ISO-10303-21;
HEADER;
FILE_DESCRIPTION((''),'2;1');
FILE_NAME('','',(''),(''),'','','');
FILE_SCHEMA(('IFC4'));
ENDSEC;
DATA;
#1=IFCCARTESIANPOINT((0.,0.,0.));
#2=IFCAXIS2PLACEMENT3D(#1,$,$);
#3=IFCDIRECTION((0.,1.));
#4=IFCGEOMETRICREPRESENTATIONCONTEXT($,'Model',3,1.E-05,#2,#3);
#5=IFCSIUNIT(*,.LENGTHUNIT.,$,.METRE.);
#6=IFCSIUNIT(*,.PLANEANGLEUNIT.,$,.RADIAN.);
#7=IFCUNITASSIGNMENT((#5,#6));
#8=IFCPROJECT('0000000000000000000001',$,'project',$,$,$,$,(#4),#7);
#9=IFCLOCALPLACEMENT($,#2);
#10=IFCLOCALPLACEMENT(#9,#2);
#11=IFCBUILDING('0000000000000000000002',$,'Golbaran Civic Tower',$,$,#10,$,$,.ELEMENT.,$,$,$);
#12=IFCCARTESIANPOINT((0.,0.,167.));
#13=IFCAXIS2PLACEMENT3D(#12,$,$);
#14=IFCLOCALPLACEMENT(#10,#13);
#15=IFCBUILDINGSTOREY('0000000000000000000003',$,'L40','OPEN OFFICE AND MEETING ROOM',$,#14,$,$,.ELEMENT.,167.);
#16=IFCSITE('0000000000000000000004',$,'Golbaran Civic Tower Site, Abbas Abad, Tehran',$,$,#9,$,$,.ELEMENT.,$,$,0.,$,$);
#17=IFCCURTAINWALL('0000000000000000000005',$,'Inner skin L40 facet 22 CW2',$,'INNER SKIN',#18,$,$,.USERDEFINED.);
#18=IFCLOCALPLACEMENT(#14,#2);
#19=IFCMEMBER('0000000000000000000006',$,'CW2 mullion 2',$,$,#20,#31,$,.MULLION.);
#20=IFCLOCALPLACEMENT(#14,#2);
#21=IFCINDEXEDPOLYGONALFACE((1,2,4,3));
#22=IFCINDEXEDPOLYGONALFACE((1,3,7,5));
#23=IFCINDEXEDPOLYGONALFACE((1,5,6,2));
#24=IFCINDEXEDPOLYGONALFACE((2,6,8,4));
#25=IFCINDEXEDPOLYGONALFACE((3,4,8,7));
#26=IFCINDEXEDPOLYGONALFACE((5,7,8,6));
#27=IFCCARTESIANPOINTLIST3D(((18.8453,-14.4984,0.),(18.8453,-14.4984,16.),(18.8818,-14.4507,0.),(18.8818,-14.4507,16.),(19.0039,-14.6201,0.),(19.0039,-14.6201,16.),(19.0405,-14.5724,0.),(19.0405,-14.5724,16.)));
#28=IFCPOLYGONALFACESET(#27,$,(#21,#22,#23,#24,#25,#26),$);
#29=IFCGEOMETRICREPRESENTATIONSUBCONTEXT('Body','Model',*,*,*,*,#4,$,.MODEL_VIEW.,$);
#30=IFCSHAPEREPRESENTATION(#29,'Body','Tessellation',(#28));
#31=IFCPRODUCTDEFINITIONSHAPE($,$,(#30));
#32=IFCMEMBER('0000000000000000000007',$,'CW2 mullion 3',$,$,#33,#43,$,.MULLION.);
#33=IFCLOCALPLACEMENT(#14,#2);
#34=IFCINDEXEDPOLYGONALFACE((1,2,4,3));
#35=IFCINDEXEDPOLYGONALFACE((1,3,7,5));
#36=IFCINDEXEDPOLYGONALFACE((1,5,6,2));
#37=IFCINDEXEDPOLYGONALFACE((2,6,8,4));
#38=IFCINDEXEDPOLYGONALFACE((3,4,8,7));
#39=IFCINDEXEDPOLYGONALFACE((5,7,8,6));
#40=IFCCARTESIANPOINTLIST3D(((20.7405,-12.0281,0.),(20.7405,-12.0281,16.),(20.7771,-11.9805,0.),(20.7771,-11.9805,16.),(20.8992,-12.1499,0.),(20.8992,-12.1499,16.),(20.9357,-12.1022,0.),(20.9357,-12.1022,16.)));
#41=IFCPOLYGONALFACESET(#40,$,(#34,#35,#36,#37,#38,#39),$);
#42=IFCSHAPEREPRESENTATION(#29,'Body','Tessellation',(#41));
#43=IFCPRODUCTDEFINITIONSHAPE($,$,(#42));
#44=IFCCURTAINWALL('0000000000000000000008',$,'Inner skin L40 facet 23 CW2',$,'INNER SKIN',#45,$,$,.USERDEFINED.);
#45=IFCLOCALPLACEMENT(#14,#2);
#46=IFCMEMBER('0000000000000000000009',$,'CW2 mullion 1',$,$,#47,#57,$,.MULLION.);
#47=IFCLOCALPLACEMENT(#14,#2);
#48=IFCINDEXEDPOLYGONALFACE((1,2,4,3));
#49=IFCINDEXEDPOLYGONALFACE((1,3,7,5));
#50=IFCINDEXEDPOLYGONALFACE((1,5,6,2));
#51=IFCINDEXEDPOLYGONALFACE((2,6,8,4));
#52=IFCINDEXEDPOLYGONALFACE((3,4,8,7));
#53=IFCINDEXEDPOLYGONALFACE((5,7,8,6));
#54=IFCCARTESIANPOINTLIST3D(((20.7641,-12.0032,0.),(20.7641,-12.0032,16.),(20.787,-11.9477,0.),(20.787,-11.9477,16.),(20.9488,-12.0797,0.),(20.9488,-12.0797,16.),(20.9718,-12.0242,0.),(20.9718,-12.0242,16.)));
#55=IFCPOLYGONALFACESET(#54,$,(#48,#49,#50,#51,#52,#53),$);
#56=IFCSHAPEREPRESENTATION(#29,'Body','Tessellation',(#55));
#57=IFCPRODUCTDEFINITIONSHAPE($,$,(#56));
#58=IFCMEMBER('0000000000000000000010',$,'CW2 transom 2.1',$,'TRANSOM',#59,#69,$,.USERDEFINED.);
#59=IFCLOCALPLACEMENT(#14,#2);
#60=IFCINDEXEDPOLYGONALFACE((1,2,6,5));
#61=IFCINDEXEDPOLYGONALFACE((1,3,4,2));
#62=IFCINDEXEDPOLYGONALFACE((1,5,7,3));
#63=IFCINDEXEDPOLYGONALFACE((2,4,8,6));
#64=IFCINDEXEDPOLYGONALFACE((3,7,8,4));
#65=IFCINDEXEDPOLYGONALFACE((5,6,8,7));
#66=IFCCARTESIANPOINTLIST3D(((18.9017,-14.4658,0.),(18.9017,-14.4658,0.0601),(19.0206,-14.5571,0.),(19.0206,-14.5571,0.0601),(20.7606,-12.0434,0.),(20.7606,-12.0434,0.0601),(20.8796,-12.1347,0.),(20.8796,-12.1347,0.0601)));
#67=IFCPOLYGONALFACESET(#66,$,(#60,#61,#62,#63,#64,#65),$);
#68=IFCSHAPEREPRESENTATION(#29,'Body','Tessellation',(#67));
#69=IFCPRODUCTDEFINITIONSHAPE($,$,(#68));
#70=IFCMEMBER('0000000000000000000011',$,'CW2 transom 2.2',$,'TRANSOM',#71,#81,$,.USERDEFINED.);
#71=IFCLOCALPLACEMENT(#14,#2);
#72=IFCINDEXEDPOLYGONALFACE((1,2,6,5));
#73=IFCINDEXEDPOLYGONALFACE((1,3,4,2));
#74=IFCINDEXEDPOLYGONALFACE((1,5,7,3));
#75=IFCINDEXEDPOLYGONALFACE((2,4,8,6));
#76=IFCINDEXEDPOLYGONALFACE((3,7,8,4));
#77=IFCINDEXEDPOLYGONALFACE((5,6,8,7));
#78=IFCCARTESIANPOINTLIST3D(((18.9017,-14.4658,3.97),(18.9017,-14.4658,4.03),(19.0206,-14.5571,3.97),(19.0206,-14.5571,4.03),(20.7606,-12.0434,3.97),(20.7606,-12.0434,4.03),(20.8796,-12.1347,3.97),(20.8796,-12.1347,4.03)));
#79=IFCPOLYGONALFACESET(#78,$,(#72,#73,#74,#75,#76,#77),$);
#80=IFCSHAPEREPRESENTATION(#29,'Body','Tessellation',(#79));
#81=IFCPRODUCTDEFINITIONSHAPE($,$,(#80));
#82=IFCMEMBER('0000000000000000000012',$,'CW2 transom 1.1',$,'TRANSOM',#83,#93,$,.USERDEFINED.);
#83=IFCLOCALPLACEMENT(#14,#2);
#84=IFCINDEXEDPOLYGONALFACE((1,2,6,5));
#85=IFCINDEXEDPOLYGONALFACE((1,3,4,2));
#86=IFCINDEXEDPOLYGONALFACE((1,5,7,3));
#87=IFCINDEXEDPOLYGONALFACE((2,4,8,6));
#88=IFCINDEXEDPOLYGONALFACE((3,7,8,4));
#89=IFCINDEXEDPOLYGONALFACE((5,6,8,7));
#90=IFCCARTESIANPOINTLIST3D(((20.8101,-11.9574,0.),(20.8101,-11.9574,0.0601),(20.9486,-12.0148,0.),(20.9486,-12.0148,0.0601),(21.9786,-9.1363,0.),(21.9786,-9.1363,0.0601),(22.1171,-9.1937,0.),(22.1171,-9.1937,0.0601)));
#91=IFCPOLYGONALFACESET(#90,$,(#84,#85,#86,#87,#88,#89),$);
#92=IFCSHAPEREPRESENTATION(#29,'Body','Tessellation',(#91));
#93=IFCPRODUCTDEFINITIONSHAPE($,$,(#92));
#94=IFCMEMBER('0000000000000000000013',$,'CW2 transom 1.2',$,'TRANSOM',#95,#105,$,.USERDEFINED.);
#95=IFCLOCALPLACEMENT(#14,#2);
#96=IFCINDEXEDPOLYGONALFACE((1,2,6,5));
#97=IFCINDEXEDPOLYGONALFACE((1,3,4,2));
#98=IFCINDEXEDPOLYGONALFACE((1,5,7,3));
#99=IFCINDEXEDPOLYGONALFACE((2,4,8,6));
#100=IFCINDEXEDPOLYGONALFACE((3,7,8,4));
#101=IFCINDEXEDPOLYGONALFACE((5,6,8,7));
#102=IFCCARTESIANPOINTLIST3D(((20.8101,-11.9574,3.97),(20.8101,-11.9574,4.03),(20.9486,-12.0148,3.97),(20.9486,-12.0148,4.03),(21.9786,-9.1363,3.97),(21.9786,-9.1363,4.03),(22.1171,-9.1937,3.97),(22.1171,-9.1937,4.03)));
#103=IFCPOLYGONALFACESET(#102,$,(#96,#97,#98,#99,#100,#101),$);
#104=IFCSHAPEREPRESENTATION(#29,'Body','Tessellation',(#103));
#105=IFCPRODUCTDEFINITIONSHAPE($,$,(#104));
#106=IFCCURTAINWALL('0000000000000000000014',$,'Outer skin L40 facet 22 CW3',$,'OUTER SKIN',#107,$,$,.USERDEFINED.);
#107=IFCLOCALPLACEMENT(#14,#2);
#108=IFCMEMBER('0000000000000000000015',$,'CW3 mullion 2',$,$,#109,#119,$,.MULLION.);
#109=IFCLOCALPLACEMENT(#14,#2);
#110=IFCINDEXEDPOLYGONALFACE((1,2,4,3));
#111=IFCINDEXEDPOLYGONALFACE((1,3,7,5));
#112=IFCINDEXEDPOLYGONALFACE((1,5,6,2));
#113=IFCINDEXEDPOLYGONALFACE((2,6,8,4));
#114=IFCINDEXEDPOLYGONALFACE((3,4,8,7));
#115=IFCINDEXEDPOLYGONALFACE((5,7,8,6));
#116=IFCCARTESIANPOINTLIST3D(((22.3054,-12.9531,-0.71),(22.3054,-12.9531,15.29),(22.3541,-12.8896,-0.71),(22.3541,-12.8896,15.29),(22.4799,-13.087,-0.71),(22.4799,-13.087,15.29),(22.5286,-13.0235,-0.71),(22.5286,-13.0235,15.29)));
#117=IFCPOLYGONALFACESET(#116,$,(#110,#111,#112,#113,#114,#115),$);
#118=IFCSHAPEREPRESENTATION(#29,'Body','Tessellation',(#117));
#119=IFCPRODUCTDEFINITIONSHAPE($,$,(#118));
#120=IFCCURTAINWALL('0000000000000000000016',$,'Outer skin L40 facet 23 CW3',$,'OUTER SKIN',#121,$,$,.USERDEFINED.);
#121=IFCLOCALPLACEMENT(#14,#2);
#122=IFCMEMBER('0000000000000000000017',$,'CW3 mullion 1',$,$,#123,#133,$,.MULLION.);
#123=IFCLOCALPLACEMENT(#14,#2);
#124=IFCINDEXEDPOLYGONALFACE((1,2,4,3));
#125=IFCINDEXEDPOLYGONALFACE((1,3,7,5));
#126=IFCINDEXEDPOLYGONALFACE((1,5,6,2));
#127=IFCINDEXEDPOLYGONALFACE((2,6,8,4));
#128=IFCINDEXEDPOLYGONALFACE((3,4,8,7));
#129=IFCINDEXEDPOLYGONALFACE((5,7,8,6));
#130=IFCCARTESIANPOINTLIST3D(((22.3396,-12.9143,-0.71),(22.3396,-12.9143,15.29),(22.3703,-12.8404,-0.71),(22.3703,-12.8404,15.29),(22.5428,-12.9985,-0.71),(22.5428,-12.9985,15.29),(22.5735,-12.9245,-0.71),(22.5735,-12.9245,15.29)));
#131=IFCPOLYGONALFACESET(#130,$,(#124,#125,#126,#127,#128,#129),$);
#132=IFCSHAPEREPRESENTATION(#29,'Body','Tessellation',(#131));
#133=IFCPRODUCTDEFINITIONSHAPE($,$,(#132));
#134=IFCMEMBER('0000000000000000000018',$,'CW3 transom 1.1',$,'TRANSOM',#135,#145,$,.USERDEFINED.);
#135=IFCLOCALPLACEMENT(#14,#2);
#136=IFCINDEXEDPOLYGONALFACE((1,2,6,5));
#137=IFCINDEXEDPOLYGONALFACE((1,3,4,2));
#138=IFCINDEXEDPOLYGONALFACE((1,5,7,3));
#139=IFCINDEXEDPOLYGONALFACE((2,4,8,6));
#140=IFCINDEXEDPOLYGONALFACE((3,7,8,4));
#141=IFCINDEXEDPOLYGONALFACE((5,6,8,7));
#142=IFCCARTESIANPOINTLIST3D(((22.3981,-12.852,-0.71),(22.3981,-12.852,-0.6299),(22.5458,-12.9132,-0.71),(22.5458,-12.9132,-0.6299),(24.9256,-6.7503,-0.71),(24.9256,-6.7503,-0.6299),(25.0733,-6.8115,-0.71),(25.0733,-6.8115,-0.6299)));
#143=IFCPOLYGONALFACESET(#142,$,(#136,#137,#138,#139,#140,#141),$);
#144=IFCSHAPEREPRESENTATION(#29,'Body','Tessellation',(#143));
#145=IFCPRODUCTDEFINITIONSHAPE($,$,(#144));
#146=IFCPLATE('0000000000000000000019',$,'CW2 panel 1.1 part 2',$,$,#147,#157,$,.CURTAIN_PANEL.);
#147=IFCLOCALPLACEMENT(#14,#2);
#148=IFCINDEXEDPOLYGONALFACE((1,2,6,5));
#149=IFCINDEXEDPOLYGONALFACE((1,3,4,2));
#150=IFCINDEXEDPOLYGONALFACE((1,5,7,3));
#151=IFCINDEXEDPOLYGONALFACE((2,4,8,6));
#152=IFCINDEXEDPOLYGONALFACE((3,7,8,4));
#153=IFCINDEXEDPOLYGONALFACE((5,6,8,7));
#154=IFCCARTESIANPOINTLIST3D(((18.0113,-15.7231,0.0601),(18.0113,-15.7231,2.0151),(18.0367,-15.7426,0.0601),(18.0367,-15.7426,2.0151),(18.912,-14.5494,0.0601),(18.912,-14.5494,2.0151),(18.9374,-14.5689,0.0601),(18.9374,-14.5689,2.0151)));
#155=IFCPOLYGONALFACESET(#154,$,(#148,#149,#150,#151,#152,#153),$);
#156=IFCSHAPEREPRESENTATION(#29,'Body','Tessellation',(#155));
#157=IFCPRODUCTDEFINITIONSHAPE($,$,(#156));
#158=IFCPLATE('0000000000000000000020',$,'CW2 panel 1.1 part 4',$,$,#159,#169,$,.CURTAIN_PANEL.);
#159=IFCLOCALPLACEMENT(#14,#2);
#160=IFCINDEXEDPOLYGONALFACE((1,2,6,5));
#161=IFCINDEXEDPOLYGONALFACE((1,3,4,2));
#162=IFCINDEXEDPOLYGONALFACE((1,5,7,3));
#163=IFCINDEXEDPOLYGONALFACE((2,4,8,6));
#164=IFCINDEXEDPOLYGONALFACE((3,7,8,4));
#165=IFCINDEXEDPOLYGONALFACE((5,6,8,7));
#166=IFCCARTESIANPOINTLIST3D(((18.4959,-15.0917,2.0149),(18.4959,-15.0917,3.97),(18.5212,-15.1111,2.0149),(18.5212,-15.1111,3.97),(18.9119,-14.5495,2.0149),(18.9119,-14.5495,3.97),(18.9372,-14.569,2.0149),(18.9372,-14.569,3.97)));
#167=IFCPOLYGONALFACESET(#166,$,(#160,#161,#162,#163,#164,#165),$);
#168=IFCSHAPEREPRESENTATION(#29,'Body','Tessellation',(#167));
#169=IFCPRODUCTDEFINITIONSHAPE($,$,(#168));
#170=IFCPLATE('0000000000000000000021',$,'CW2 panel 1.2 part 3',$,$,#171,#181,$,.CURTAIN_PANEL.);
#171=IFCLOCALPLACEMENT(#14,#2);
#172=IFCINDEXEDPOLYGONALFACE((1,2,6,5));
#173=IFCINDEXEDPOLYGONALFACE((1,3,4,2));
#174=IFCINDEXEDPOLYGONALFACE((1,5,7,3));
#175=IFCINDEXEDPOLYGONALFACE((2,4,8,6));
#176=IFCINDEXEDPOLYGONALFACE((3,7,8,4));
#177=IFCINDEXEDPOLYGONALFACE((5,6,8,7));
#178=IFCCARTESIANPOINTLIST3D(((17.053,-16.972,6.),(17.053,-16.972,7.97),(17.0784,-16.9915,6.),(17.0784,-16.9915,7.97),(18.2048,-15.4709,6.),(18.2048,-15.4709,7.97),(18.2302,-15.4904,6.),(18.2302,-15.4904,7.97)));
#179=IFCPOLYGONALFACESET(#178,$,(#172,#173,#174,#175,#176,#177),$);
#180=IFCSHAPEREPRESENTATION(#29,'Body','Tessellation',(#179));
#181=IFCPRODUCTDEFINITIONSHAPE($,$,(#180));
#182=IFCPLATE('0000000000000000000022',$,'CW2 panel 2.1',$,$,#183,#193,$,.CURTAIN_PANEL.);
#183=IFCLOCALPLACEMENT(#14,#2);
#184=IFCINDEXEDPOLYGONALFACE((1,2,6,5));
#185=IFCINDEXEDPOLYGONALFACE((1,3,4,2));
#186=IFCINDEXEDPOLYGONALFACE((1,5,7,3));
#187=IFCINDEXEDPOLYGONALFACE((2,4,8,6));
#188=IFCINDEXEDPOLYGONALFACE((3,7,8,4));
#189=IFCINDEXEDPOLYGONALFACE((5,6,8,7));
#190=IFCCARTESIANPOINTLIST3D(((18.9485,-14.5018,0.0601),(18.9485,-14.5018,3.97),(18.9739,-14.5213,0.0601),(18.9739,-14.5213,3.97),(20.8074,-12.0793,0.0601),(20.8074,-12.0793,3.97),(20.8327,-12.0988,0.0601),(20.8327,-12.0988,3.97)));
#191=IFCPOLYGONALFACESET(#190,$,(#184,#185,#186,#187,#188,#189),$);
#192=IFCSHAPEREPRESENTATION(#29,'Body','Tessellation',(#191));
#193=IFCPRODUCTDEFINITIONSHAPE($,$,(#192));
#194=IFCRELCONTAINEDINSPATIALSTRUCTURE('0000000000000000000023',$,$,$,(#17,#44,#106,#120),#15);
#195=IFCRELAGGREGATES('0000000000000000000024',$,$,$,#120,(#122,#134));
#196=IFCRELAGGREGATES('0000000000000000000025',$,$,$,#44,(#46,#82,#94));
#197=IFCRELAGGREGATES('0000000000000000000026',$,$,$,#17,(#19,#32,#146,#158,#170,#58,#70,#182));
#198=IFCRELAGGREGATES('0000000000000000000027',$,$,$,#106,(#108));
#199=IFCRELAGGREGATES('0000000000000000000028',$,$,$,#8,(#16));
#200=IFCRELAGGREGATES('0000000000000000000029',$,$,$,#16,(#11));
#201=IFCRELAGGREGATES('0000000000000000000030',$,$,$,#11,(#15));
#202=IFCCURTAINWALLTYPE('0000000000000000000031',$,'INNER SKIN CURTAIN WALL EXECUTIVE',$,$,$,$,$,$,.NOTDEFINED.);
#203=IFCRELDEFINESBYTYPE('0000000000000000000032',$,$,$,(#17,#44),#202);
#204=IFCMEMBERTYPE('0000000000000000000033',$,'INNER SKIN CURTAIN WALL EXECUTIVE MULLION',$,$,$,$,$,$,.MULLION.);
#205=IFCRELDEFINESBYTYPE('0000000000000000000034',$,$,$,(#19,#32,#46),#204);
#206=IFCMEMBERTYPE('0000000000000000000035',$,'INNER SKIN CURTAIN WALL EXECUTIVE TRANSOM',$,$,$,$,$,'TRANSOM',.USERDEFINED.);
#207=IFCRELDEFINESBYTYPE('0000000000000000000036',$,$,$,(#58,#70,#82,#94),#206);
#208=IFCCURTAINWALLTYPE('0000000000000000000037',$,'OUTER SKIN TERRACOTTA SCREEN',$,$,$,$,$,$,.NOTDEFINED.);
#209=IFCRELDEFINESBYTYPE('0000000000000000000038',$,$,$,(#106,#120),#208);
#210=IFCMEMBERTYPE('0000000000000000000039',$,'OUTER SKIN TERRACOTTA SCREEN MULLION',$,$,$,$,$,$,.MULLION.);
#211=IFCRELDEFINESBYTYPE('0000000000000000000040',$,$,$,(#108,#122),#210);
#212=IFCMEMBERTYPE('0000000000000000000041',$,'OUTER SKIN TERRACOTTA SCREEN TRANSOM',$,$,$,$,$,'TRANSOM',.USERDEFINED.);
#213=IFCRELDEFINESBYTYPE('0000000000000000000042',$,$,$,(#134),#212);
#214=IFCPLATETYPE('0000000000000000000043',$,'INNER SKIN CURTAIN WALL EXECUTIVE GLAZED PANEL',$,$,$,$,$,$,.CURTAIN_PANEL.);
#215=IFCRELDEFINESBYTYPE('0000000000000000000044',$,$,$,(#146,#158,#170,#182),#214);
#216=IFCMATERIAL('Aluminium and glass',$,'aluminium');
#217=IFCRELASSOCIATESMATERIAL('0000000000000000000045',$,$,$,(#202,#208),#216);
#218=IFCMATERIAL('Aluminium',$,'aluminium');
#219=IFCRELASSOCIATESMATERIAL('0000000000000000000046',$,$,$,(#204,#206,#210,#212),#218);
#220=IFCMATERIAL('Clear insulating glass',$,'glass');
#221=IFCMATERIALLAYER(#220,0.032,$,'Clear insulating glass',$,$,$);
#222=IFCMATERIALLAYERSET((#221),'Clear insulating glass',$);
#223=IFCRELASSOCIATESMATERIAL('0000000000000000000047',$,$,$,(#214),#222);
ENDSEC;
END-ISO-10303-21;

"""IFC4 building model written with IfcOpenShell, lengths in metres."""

from ifc_helpers import new_model, si_unit, direction, frame, origin, origin_2d, place, context, subcontext, project, spatial, rectangle, extrude, material, layer, layer_set, material_profile, profile_set, type_object, element, aggregate, save


model = new_model("IFC4")

# Units and contexts
model_context = context("Model", 3, precision=1e-05, world=origin(), true_north=direction((0.0, 1.0)))
body_context = subcontext(model_context, "Body", "Model", "MODEL_VIEW")
ifc_project = project(units=[si_unit("LENGTHUNIT", "METRE"), si_unit("PLANEANGLEUNIT", "RADIAN")], contexts=[model_context])

# Site, building, storey
site_placement = place(None, origin())
site = spatial("IfcSite", under=ifc_project, at=site_placement, Name="Golbaran Civic Tower Site, Abbas Abad, Tehran", CompositionType="ELEMENT", RefElevation=0.0)
building_placement = place(site_placement, origin())
building = spatial("IfcBuilding", under=site, at=building_placement, Name="Golbaran Civic Tower", CompositionType="ELEMENT")
storey_placement = place(building_placement, frame((0.0, 0.0, 167.0)))
storey = spatial("IfcBuildingStorey", under=building, at=storey_placement, Name="L40", Description="OPEN OFFICE AND MEETING ROOM", CompositionType="ELEMENT", Elevation=167.0)

# Curtain wall, members
ifc_material_1 = material(Name="Aluminium and glass", Category="aluminium")
curtain_wall_type_1 = type_object("IfcCurtainWallType", Name="INNER SKIN CURTAIN WALL EXECUTIVE", PredefinedType="NOTDEFINED", material=ifc_material_1)
curtain_wall_1_placement = place(storey_placement, origin())
curtain_wall_1 = element("IfcCurtainWall", 1, at=curtain_wall_1_placement, inside=storey, type_object=curtain_wall_type_1, Name="Inner skin L40 facet 22 CW2", ObjectType="INNER SKIN", PredefinedType="USERDEFINED")
ifc_material_2 = material(Name="Aluminium", Category="aluminium")
ifc_material_profile_1 = material_profile(ifc_material_2, rectangle(XDim=0.2, YDim=0.0601, at=origin_2d()), Name="INNER SKIN CURTAIN WALL EXECUTIVE MULLION")
ifc_profile_set_1 = profile_set([ifc_material_profile_1], Name="Aluminium")
member_type_1 = type_object("IfcMemberType", Name="INNER SKIN CURTAIN WALL EXECUTIVE MULLION", PredefinedType="MULLION", material=ifc_profile_set_1)
member_1_placement = place(storey_placement, frame((18.9429, -14.5354, 0.0), z_axis=(0.0, 0.0, 1.0), x_axis=(-0.793353, 0.608761, 0.0)))
member_1 = element("IfcMember", 2, at=member_1_placement, type_object=member_type_1, Name="CW2 mullion 2", PredefinedType="MULLION", context=body_context, shape_type="SweptSolid", body=[
    extrude(rectangle(XDim=0.2, YDim=0.0601, at=origin_2d()), origin(), (0.0, 0.0, 1.0), 16.0),
])
member_2_placement = place(storey_placement, frame((20.8381, -12.0652, 0.0), z_axis=(0.0, 0.0, 1.0), x_axis=(-0.793353, 0.608761, 0.0)))
member_2 = element("IfcMember", 3, at=member_2_placement, type_object=member_type_1, Name="CW2 mullion 3", PredefinedType="MULLION", context=body_context, shape_type="SweptSolid", body=[
    extrude(rectangle(XDim=0.2, YDim=0.0601, at=origin_2d()), origin(), (0.0, 0.0, 1.0), 16.0),
])

# Curtain wall, member
curtain_wall_2_placement = place(storey_placement, origin())
curtain_wall_2 = element("IfcCurtainWall", 4, at=curtain_wall_2_placement, inside=storey, type_object=curtain_wall_type_1, Name="Inner skin L40 facet 23 CW2", ObjectType="INNER SKIN", PredefinedType="USERDEFINED")
member_3_placement = place(storey_placement, frame((20.8679, -12.0137, 0.0), z_axis=(0.0, 0.0, 1.0), x_axis=(-0.92388, 0.382683, 0.0)))
member_3 = element("IfcMember", 5, at=member_3_placement, type_object=member_type_1, Name="CW2 mullion 1", PredefinedType="MULLION", context=body_context, shape_type="SweptSolid", body=[
    extrude(rectangle(XDim=0.2, YDim=0.0601, at=origin_2d()), origin(), (0.0, 0.0, 1.0), 16.0),
])

# Members
ifc_material_profile_2 = material_profile(ifc_material_2, rectangle(XDim=0.1499, YDim=0.0601, at=origin_2d()), Name="INNER SKIN CURTAIN WALL EXECUTIVE TRANSOM")
ifc_profile_set_2 = profile_set([ifc_material_profile_2], Name="Aluminium")
member_type_2 = type_object("IfcMemberType", Name="INNER SKIN CURTAIN WALL EXECUTIVE TRANSOM", ElementType="TRANSOM", PredefinedType="USERDEFINED", material=ifc_profile_set_2)
member_4_placement = place(storey_placement, frame((18.9612, -14.5115, 0.03), z_axis=(0.608791, 0.793331, 0.0), x_axis=(-0.793331, 0.608791, 0.0)))
member_4 = element("IfcMember", 6, at=member_4_placement, type_object=member_type_2, Name="CW2 transom 2.1", ObjectType="TRANSOM", PredefinedType="USERDEFINED", context=body_context, shape_type="SweptSolid", body=[
    extrude(rectangle(XDim=0.1499, YDim=0.0601, at=origin_2d()), origin(), (0.0, 0.0, 1.0), 3.0535),
])
member_5_placement = place(storey_placement, frame((18.9612, -14.5115, 4.0), z_axis=(0.608791, 0.793331, 0.0), x_axis=(-0.793331, 0.608791, 0.0)))
member_5 = element("IfcMember", 7, at=member_5_placement, type_object=member_type_2, Name="CW2 transom 2.2", ObjectType="TRANSOM", PredefinedType="USERDEFINED", context=body_context, shape_type="SweptSolid", body=[
    extrude(rectangle(XDim=0.1499, YDim=0.0601, at=origin_2d()), origin(), (0.0, 0.0, 1.0), 3.0535),
])
member_6_placement = place(storey_placement, frame((20.8794, -11.9861, 0.03), z_axis=(0.382667, 0.923886, 0.0), x_axis=(-0.923886, 0.382667, 0.0)))
member_6 = element("IfcMember", 8, at=member_6_placement, type_object=member_type_2, Name="CW2 transom 1.1", ObjectType="TRANSOM", PredefinedType="USERDEFINED", context=body_context, shape_type="SweptSolid", body=[
    extrude(rectangle(XDim=0.1499, YDim=0.0601, at=origin_2d()), origin(), (0.0, 0.0, 1.0), 3.0535),
])
member_7_placement = place(storey_placement, frame((20.8794, -11.9861, 4.0), z_axis=(0.382667, 0.923886, 0.0), x_axis=(-0.923886, 0.382667, 0.0)))
member_7 = element("IfcMember", 9, at=member_7_placement, type_object=member_type_2, Name="CW2 transom 1.2", ObjectType="TRANSOM", PredefinedType="USERDEFINED", context=body_context, shape_type="SweptSolid", body=[
    extrude(rectangle(XDim=0.1499, YDim=0.0601, at=origin_2d()), origin(), (0.0, 0.0, 1.0), 3.0535),
])

# Curtain wall, member
curtain_wall_type_2 = type_object("IfcCurtainWallType", Name="OUTER SKIN TERRACOTTA SCREEN", PredefinedType="NOTDEFINED", material=ifc_material_1)
curtain_wall_3_placement = place(storey_placement, origin())
curtain_wall_3 = element("IfcCurtainWall", 10, at=curtain_wall_3_placement, inside=storey, type_object=curtain_wall_type_2, Name="Outer skin L40 facet 22 CW3", ObjectType="OUTER SKIN", PredefinedType="USERDEFINED")
ifc_material_profile_3 = material_profile(ifc_material_2, rectangle(XDim=0.22, YDim=0.0801, at=origin_2d()), Name="OUTER SKIN TERRACOTTA SCREEN MULLION")
ifc_profile_set_3 = profile_set([ifc_material_profile_3], Name="Aluminium")
member_type_3 = type_object("IfcMemberType", Name="OUTER SKIN TERRACOTTA SCREEN MULLION", PredefinedType="MULLION", material=ifc_profile_set_3)
member_8_placement = place(storey_placement, frame((22.417, -12.9883, -0.71), z_axis=(0.0, 0.0, 1.0), x_axis=(-0.793353, 0.608761, 0.0)))
member_8 = element("IfcMember", 11, at=member_8_placement, type_object=member_type_3, Name="CW3 mullion 2", PredefinedType="MULLION", context=body_context, shape_type="SweptSolid", body=[
    extrude(rectangle(XDim=0.22, YDim=0.0801, at=origin_2d()), origin(), (0.0, 0.0, 1.0), 16.0),
])

# Curtain wall, members
curtain_wall_4_placement = place(storey_placement, origin())
curtain_wall_4 = element("IfcCurtainWall", 12, at=curtain_wall_4_placement, inside=storey, type_object=curtain_wall_type_2, Name="Outer skin L40 facet 23 CW3", ObjectType="OUTER SKIN", PredefinedType="USERDEFINED")
member_9_placement = place(storey_placement, frame((22.4565, -12.9194, -0.71), z_axis=(0.0, 0.0, 1.0), x_axis=(-0.92388, 0.382683, 0.0)))
member_9 = element("IfcMember", 13, at=member_9_placement, type_object=member_type_3, Name="CW3 mullion 1", PredefinedType="MULLION", context=body_context, shape_type="SweptSolid", body=[
    extrude(rectangle(XDim=0.22, YDim=0.0801, at=origin_2d()), origin(), (0.0, 0.0, 1.0), 16.0),
])
ifc_material_profile_4 = material_profile(ifc_material_2, rectangle(XDim=0.1599, YDim=0.0801, at=origin_2d()), Name="OUTER SKIN TERRACOTTA SCREEN TRANSOM")
ifc_profile_set_4 = profile_set([ifc_material_profile_4], Name="Aluminium")
member_type_4 = type_object("IfcMemberType", Name="OUTER SKIN TERRACOTTA SCREEN TRANSOM", ElementType="TRANSOM", PredefinedType="USERDEFINED", material=ifc_profile_set_4)
member_10_placement = place(storey_placement, frame((22.4719, -12.8826, -0.6699), z_axis=(0.382701, 0.923872, 0.0), x_axis=(-0.923872, 0.382701, 0.0)))
member_10 = element("IfcMember", 14, at=member_10_placement, type_object=member_type_4, Name="CW3 transom 1.1", ObjectType="TRANSOM", PredefinedType="USERDEFINED", context=body_context, shape_type="SweptSolid", body=[
    extrude(rectangle(XDim=0.1599, YDim=0.0801, at=origin_2d()), origin(), (0.0, 0.0, 1.0), 6.6045),
])
aggregate(curtain_wall_4, [member_9, member_10])

# Plates
ifc_material_3 = material(Name="Clear insulating glass", Category="glass")
ifc_layer_1 = layer(ifc_material_3, 0.032, Name="Clear insulating glass")
ifc_layer_set_1 = layer_set([ifc_layer_1], Name="Clear insulating glass")
plate_type_1 = type_object("IfcPlateType", Name="INNER SKIN CURTAIN WALL EXECUTIVE GLAZED PANEL", PredefinedType="CURTAIN_PANEL", material=ifc_layer_set_1)
plate_1_placement = place(storey_placement, frame((18.4744, -15.146, 0.0601), z_axis=(0.0, 0.0, 1.0), x_axis=(0.608761, 0.793353, 0.0)))
plate_1 = element("IfcPlate", 15, at=plate_1_placement, type_object=plate_type_1, Name="CW2 panel 1.1 part 2", PredefinedType="CURTAIN_PANEL", context=body_context, shape_type="SweptSolid", body=[
    extrude(rectangle(XDim=1.4795, YDim=0.032, at=origin_2d()), origin(), (0.0, 0.0, 1.0), 1.9551),
])
plate_2_placement = place(storey_placement, frame((18.7166, -14.8303, 2.0149), z_axis=(0.0, 0.0, 1.0), x_axis=(0.608761, 0.793353, 0.0)))
plate_2 = element("IfcPlate", 16, at=plate_2_placement, type_object=plate_type_1, Name="CW2 panel 1.1 part 4", PredefinedType="CURTAIN_PANEL", context=body_context, shape_type="SweptSolid", body=[
    extrude(rectangle(XDim=0.6833, YDim=0.032, at=origin_2d()), origin(), (0.0, 0.0, 1.0), 1.9551),
])
plate_3_placement = place(storey_placement, frame((17.6416, -16.2312, 6.0), z_axis=(0.0, 0.0, 1.0), x_axis=(0.608761, 0.793353, 0.0)))
plate_3 = element("IfcPlate", 17, at=plate_3_placement, type_object=plate_type_1, Name="CW2 panel 1.2 part 3", PredefinedType="CURTAIN_PANEL", context=body_context, shape_type="SweptSolid", body=[
    extrude(rectangle(XDim=1.8921, YDim=0.032, at=origin_2d()), origin(), (0.0, 0.0, 1.0), 1.97),
])
plate_4_placement = place(storey_placement, frame((19.8906, -13.3003, 0.0601), z_axis=(0.0, 0.0, 1.0), x_axis=(0.608761, 0.793353, 0.0)))
plate_4 = element("IfcPlate", 18, at=plate_4_placement, type_object=plate_type_1, Name="CW2 panel 2.1", PredefinedType="CURTAIN_PANEL", context=body_context, shape_type="SweptSolid", body=[
    extrude(rectangle(XDim=3.0535, YDim=0.032, at=origin_2d()), origin(), (0.0, 0.0, 1.0), 3.9099),
])
aggregate(curtain_wall_2, [member_3, member_6, member_7])
aggregate(curtain_wall_1, [member_1, member_2, plate_1, plate_2, plate_3, member_4, member_5, plate_4])
aggregate(curtain_wall_3, [member_8])

save(model, "model.ifc")
